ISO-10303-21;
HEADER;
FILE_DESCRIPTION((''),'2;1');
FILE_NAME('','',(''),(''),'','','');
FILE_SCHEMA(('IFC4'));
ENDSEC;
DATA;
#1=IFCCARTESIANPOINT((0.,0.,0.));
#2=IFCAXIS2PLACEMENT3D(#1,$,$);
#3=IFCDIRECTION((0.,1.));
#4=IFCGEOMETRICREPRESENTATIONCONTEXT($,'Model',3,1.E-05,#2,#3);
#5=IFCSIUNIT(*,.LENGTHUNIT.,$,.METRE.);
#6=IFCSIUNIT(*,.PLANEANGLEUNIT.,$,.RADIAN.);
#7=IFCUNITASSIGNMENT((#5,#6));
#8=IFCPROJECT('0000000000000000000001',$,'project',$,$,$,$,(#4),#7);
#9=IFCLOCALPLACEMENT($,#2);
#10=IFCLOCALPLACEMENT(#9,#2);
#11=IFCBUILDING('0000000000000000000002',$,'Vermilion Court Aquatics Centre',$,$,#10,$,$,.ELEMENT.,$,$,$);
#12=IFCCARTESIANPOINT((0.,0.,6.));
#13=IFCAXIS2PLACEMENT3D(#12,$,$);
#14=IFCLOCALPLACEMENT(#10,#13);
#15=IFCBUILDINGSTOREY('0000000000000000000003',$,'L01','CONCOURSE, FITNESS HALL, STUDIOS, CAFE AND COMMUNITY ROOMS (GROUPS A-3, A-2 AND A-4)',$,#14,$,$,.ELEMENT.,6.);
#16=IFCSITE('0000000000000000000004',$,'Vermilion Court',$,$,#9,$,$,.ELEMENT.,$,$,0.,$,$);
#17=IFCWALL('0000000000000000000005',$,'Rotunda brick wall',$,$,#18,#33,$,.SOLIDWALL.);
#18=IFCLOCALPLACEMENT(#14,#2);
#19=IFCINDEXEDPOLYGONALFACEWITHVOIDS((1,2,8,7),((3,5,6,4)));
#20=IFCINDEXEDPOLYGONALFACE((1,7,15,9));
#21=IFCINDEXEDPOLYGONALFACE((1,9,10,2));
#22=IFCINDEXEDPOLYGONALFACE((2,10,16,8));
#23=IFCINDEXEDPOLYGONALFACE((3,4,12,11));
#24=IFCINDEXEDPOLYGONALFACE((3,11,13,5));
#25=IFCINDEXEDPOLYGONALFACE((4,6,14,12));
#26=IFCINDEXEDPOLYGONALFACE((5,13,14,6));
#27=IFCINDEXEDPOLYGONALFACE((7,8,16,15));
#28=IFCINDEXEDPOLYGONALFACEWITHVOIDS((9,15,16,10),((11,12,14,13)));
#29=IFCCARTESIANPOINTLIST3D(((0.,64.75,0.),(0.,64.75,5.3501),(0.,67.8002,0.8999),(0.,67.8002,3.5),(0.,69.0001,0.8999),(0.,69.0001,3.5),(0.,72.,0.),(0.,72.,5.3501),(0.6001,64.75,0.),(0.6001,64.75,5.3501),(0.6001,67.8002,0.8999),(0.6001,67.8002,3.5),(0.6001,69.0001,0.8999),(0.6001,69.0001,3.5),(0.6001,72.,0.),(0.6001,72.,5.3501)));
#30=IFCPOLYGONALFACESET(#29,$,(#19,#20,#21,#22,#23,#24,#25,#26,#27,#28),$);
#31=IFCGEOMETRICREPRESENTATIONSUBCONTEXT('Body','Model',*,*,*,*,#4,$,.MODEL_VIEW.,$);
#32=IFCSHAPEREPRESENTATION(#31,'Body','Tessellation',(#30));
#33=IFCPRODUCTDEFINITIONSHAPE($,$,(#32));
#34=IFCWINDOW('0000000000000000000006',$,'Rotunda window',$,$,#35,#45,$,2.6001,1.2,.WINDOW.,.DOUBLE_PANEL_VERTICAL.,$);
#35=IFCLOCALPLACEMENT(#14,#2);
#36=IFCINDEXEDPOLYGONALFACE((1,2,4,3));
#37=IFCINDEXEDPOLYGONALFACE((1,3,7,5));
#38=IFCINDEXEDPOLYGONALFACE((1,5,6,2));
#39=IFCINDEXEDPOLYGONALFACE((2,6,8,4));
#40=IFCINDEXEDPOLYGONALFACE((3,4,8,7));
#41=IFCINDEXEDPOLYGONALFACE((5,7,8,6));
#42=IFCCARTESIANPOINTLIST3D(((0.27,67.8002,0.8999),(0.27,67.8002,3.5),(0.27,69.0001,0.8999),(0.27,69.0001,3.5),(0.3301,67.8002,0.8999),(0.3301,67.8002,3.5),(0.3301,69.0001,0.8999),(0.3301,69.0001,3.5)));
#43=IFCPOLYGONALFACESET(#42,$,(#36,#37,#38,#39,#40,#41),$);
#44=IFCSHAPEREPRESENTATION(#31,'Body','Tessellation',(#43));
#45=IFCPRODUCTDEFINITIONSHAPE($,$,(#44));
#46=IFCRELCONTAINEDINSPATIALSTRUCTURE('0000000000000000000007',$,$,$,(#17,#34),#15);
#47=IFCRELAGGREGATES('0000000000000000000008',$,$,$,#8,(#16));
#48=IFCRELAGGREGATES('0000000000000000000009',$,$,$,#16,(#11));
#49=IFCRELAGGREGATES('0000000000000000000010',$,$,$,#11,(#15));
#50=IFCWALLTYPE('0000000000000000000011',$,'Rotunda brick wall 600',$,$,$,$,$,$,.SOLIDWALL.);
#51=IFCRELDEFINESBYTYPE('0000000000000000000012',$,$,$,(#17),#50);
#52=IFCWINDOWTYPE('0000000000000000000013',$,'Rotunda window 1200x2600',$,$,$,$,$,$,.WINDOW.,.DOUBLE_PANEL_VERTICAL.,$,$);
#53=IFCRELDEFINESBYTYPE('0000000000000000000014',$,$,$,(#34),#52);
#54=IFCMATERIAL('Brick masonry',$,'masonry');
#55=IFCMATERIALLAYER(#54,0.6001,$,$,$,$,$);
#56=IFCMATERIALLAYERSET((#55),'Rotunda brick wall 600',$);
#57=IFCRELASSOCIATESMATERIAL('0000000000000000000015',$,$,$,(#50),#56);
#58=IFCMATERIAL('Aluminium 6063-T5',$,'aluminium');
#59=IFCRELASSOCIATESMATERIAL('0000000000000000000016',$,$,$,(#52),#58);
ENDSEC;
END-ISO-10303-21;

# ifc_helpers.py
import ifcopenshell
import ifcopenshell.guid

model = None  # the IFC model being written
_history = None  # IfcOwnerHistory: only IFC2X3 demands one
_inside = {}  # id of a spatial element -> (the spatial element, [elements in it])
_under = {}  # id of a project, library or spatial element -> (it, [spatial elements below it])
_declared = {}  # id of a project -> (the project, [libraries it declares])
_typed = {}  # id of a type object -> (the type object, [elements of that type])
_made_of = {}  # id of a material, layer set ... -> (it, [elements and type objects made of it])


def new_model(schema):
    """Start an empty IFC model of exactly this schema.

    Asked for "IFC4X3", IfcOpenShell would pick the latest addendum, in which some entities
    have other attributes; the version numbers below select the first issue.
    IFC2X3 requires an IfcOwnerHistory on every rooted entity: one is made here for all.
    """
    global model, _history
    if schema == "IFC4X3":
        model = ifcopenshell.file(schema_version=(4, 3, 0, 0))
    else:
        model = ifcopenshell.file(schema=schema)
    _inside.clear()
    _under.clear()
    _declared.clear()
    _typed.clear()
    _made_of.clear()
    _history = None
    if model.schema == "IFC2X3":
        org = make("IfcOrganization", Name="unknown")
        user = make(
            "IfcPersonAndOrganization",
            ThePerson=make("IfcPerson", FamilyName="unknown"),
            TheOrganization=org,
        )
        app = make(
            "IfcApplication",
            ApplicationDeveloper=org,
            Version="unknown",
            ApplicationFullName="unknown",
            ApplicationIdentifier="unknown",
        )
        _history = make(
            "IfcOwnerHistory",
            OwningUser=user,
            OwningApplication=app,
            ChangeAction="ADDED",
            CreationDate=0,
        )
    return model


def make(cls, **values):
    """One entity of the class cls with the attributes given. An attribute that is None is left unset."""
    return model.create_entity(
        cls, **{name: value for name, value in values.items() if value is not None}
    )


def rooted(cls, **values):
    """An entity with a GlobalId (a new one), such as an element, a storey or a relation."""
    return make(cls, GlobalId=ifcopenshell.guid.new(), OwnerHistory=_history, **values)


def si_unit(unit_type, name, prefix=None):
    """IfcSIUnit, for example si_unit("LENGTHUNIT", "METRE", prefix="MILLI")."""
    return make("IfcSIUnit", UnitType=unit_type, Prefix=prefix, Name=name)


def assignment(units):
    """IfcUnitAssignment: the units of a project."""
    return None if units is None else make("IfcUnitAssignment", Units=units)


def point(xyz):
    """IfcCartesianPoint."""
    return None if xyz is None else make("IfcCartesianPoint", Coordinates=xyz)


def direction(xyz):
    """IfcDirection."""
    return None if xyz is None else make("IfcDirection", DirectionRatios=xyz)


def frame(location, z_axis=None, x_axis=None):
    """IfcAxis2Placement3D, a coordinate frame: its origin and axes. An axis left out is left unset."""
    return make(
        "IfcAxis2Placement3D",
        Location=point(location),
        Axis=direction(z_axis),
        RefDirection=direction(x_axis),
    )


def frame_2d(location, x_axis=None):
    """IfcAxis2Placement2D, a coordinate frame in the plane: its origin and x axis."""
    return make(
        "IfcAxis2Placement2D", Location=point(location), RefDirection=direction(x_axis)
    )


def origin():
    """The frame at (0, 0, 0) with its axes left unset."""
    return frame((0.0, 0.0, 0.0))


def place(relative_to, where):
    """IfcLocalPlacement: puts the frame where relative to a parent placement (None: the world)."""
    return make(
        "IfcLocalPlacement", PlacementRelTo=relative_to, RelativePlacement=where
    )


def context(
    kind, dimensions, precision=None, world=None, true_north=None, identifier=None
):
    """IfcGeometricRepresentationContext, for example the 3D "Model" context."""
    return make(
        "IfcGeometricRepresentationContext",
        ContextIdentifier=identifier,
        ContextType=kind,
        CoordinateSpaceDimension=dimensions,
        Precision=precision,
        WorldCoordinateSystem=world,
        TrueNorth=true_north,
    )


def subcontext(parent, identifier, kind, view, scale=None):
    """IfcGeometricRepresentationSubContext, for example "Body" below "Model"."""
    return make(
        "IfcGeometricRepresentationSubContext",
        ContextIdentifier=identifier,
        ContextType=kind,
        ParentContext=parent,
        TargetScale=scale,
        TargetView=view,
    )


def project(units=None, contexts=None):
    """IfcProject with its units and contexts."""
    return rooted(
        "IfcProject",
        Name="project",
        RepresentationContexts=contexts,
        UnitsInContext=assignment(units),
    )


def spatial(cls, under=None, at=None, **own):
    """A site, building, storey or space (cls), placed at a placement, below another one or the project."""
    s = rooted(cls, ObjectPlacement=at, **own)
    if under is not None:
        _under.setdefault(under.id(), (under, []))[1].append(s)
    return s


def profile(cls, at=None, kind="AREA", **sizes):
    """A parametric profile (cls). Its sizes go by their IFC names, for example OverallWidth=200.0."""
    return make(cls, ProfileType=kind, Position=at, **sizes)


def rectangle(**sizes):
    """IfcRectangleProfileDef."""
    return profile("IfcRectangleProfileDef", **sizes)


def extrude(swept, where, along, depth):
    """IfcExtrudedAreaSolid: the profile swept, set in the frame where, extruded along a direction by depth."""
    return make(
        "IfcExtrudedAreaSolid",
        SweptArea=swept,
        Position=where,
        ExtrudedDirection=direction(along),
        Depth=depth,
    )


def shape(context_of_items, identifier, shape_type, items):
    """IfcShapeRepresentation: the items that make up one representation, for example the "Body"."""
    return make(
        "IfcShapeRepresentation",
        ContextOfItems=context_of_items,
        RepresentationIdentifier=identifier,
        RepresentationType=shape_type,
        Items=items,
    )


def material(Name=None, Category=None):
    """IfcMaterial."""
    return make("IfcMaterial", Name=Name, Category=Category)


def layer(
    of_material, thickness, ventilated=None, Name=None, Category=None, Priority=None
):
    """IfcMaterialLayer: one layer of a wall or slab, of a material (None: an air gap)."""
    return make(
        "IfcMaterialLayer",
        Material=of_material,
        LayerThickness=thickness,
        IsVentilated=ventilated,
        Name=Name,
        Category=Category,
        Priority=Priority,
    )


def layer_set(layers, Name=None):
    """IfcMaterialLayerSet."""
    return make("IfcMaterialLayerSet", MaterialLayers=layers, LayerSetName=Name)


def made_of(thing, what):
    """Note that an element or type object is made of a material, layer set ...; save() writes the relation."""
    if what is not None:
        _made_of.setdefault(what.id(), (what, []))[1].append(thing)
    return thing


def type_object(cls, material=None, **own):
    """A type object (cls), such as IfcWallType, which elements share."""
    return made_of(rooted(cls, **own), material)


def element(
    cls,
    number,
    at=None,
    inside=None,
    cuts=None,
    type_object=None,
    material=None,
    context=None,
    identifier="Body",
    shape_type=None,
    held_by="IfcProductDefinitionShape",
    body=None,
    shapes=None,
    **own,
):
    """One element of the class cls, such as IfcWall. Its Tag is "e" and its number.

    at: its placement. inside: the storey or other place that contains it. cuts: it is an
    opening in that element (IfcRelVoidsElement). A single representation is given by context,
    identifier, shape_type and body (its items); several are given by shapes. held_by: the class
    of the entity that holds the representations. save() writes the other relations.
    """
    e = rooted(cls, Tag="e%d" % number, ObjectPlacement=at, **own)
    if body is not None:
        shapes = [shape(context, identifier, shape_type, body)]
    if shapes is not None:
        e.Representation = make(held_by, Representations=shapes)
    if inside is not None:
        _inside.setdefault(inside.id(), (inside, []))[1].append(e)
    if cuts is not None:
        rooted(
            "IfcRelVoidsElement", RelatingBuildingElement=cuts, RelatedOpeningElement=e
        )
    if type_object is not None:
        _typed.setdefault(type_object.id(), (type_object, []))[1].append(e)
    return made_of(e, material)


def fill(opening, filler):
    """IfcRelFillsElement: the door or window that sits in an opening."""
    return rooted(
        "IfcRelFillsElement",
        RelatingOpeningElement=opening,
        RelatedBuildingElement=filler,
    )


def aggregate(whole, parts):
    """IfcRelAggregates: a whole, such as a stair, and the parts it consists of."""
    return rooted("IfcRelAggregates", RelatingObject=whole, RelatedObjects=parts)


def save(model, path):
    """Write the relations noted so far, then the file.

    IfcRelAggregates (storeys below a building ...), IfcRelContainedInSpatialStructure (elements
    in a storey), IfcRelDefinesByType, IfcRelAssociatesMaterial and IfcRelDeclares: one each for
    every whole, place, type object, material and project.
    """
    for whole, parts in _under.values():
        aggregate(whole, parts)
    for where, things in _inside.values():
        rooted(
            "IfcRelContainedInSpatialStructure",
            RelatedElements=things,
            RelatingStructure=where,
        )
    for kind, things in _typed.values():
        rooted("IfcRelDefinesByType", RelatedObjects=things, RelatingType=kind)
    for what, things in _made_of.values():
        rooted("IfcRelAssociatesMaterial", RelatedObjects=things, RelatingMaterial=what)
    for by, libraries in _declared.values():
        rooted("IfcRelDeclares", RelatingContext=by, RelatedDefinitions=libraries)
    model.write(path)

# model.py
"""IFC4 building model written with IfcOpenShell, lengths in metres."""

from ifc_helpers import new_model, si_unit, direction, frame, frame_2d, origin, place, context, subcontext, project, spatial, rectangle, extrude, material, layer, layer_set, type_object, element, fill, save


model = new_model("IFC4")

# Units and contexts
model_context = context("Model", 3, precision=1e-05, world=origin(), true_north=direction((0.0, 1.0)))
body_context = subcontext(model_context, "Body", "Model", "MODEL_VIEW")
ifc_project = project(units=[si_unit("LENGTHUNIT", "METRE"), si_unit("PLANEANGLEUNIT", "RADIAN")], contexts=[model_context])

# Site, building, storey
site_placement = place(None, origin())
site = spatial("IfcSite", under=ifc_project, at=site_placement, Name="Vermilion Court", CompositionType="ELEMENT", RefElevation=0.0)
building_placement = place(site_placement, origin())
building = spatial("IfcBuilding", under=site, at=building_placement, Name="Vermilion Court Aquatics Centre", CompositionType="ELEMENT")
storey_placement = place(building_placement, frame((0.0, 0.0, 6.0)))
storey = spatial("IfcBuildingStorey", under=building, at=storey_placement, Name="L01", Description="CONCOURSE, FITNESS HALL, STUDIOS, CAFE AND COMMUNITY ROOMS (GROUPS A-3, A-2 AND A-4)", CompositionType="ELEMENT", Elevation=6.0)

# Wall, opening, window
ifc_material_1 = material(Name="Brick masonry", Category="masonry")
ifc_layer_1 = layer(ifc_material_1, 0.6001)
ifc_layer_set_1 = layer_set([ifc_layer_1], Name="Rotunda brick wall 600")
wall_type_1 = type_object("IfcWallType", Name="Rotunda brick wall 600", PredefinedType="SOLIDWALL", material=ifc_layer_set_1)
ifc_material_2 = material(Name="Aluminium 6063-T5", Category="aluminium")
window_type = type_object("IfcWindowType", Name="Rotunda window 1200x2600", PartitioningType="DOUBLE_PANEL_VERTICAL", PredefinedType="WINDOW", material=ifc_material_2)
wall_1_placement = place(storey_placement, frame((0.3, 64.75, 0.0), z_axis=(0.0, 0.0, 1.0), x_axis=(0.0, 1.0, 0.0)))
wall_1 = element("IfcWall", 1, at=wall_1_placement, inside=storey, type_object=wall_type_1, Name="Rotunda brick wall", PredefinedType="SOLIDWALL", context=body_context, shape_type="SweptSolid", body=[
    extrude(rectangle(XDim=7.25, YDim=0.6001, at=frame_2d((3.625, 0.0))), origin(), (0.0, 0.0, 1.0), 5.3501),
])
opening_1_placement = place(wall_1_placement, frame((3.05, 0.0, 0.8999)))
opening_1 = element("IfcOpeningElement", 2, at=opening_1_placement, cuts=wall_1, PredefinedType="OPENING", context=body_context, shape_type="SweptSolid", body=[
    extrude(rectangle(XDim=1.2, YDim=2.6001, at=frame_2d((0.6001, 1.3))), frame((0.0, 0.3101, 0.0), z_axis=(0.0, -1.0, 0.0), x_axis=(1.0, 0.0, 0.0)), (0.0, 0.0, 1.0), 0.6201),
])
window_1_placement = place(opening_1_placement, origin())
window_1 = element("IfcWindow", 3, at=window_1_placement, inside=storey, type_object=window_type, Name="Rotunda window", OverallHeight=2.6001, OverallWidth=1.2, PartitioningType="DOUBLE_PANEL_VERTICAL", PredefinedType="WINDOW", context=body_context, shape_type="SweptSolid", body=[
    extrude(rectangle(XDim=1.2, YDim=2.6001, at=frame_2d((0.6001, 1.3))), frame((0.0, 0.03, 0.0), z_axis=(0.0, -1.0, 0.0), x_axis=(1.0, 0.0, 0.0)), (0.0, 0.0, 1.0), 0.0601),
])
fill(opening_1, window_1)

save(model, "model.ifc")
